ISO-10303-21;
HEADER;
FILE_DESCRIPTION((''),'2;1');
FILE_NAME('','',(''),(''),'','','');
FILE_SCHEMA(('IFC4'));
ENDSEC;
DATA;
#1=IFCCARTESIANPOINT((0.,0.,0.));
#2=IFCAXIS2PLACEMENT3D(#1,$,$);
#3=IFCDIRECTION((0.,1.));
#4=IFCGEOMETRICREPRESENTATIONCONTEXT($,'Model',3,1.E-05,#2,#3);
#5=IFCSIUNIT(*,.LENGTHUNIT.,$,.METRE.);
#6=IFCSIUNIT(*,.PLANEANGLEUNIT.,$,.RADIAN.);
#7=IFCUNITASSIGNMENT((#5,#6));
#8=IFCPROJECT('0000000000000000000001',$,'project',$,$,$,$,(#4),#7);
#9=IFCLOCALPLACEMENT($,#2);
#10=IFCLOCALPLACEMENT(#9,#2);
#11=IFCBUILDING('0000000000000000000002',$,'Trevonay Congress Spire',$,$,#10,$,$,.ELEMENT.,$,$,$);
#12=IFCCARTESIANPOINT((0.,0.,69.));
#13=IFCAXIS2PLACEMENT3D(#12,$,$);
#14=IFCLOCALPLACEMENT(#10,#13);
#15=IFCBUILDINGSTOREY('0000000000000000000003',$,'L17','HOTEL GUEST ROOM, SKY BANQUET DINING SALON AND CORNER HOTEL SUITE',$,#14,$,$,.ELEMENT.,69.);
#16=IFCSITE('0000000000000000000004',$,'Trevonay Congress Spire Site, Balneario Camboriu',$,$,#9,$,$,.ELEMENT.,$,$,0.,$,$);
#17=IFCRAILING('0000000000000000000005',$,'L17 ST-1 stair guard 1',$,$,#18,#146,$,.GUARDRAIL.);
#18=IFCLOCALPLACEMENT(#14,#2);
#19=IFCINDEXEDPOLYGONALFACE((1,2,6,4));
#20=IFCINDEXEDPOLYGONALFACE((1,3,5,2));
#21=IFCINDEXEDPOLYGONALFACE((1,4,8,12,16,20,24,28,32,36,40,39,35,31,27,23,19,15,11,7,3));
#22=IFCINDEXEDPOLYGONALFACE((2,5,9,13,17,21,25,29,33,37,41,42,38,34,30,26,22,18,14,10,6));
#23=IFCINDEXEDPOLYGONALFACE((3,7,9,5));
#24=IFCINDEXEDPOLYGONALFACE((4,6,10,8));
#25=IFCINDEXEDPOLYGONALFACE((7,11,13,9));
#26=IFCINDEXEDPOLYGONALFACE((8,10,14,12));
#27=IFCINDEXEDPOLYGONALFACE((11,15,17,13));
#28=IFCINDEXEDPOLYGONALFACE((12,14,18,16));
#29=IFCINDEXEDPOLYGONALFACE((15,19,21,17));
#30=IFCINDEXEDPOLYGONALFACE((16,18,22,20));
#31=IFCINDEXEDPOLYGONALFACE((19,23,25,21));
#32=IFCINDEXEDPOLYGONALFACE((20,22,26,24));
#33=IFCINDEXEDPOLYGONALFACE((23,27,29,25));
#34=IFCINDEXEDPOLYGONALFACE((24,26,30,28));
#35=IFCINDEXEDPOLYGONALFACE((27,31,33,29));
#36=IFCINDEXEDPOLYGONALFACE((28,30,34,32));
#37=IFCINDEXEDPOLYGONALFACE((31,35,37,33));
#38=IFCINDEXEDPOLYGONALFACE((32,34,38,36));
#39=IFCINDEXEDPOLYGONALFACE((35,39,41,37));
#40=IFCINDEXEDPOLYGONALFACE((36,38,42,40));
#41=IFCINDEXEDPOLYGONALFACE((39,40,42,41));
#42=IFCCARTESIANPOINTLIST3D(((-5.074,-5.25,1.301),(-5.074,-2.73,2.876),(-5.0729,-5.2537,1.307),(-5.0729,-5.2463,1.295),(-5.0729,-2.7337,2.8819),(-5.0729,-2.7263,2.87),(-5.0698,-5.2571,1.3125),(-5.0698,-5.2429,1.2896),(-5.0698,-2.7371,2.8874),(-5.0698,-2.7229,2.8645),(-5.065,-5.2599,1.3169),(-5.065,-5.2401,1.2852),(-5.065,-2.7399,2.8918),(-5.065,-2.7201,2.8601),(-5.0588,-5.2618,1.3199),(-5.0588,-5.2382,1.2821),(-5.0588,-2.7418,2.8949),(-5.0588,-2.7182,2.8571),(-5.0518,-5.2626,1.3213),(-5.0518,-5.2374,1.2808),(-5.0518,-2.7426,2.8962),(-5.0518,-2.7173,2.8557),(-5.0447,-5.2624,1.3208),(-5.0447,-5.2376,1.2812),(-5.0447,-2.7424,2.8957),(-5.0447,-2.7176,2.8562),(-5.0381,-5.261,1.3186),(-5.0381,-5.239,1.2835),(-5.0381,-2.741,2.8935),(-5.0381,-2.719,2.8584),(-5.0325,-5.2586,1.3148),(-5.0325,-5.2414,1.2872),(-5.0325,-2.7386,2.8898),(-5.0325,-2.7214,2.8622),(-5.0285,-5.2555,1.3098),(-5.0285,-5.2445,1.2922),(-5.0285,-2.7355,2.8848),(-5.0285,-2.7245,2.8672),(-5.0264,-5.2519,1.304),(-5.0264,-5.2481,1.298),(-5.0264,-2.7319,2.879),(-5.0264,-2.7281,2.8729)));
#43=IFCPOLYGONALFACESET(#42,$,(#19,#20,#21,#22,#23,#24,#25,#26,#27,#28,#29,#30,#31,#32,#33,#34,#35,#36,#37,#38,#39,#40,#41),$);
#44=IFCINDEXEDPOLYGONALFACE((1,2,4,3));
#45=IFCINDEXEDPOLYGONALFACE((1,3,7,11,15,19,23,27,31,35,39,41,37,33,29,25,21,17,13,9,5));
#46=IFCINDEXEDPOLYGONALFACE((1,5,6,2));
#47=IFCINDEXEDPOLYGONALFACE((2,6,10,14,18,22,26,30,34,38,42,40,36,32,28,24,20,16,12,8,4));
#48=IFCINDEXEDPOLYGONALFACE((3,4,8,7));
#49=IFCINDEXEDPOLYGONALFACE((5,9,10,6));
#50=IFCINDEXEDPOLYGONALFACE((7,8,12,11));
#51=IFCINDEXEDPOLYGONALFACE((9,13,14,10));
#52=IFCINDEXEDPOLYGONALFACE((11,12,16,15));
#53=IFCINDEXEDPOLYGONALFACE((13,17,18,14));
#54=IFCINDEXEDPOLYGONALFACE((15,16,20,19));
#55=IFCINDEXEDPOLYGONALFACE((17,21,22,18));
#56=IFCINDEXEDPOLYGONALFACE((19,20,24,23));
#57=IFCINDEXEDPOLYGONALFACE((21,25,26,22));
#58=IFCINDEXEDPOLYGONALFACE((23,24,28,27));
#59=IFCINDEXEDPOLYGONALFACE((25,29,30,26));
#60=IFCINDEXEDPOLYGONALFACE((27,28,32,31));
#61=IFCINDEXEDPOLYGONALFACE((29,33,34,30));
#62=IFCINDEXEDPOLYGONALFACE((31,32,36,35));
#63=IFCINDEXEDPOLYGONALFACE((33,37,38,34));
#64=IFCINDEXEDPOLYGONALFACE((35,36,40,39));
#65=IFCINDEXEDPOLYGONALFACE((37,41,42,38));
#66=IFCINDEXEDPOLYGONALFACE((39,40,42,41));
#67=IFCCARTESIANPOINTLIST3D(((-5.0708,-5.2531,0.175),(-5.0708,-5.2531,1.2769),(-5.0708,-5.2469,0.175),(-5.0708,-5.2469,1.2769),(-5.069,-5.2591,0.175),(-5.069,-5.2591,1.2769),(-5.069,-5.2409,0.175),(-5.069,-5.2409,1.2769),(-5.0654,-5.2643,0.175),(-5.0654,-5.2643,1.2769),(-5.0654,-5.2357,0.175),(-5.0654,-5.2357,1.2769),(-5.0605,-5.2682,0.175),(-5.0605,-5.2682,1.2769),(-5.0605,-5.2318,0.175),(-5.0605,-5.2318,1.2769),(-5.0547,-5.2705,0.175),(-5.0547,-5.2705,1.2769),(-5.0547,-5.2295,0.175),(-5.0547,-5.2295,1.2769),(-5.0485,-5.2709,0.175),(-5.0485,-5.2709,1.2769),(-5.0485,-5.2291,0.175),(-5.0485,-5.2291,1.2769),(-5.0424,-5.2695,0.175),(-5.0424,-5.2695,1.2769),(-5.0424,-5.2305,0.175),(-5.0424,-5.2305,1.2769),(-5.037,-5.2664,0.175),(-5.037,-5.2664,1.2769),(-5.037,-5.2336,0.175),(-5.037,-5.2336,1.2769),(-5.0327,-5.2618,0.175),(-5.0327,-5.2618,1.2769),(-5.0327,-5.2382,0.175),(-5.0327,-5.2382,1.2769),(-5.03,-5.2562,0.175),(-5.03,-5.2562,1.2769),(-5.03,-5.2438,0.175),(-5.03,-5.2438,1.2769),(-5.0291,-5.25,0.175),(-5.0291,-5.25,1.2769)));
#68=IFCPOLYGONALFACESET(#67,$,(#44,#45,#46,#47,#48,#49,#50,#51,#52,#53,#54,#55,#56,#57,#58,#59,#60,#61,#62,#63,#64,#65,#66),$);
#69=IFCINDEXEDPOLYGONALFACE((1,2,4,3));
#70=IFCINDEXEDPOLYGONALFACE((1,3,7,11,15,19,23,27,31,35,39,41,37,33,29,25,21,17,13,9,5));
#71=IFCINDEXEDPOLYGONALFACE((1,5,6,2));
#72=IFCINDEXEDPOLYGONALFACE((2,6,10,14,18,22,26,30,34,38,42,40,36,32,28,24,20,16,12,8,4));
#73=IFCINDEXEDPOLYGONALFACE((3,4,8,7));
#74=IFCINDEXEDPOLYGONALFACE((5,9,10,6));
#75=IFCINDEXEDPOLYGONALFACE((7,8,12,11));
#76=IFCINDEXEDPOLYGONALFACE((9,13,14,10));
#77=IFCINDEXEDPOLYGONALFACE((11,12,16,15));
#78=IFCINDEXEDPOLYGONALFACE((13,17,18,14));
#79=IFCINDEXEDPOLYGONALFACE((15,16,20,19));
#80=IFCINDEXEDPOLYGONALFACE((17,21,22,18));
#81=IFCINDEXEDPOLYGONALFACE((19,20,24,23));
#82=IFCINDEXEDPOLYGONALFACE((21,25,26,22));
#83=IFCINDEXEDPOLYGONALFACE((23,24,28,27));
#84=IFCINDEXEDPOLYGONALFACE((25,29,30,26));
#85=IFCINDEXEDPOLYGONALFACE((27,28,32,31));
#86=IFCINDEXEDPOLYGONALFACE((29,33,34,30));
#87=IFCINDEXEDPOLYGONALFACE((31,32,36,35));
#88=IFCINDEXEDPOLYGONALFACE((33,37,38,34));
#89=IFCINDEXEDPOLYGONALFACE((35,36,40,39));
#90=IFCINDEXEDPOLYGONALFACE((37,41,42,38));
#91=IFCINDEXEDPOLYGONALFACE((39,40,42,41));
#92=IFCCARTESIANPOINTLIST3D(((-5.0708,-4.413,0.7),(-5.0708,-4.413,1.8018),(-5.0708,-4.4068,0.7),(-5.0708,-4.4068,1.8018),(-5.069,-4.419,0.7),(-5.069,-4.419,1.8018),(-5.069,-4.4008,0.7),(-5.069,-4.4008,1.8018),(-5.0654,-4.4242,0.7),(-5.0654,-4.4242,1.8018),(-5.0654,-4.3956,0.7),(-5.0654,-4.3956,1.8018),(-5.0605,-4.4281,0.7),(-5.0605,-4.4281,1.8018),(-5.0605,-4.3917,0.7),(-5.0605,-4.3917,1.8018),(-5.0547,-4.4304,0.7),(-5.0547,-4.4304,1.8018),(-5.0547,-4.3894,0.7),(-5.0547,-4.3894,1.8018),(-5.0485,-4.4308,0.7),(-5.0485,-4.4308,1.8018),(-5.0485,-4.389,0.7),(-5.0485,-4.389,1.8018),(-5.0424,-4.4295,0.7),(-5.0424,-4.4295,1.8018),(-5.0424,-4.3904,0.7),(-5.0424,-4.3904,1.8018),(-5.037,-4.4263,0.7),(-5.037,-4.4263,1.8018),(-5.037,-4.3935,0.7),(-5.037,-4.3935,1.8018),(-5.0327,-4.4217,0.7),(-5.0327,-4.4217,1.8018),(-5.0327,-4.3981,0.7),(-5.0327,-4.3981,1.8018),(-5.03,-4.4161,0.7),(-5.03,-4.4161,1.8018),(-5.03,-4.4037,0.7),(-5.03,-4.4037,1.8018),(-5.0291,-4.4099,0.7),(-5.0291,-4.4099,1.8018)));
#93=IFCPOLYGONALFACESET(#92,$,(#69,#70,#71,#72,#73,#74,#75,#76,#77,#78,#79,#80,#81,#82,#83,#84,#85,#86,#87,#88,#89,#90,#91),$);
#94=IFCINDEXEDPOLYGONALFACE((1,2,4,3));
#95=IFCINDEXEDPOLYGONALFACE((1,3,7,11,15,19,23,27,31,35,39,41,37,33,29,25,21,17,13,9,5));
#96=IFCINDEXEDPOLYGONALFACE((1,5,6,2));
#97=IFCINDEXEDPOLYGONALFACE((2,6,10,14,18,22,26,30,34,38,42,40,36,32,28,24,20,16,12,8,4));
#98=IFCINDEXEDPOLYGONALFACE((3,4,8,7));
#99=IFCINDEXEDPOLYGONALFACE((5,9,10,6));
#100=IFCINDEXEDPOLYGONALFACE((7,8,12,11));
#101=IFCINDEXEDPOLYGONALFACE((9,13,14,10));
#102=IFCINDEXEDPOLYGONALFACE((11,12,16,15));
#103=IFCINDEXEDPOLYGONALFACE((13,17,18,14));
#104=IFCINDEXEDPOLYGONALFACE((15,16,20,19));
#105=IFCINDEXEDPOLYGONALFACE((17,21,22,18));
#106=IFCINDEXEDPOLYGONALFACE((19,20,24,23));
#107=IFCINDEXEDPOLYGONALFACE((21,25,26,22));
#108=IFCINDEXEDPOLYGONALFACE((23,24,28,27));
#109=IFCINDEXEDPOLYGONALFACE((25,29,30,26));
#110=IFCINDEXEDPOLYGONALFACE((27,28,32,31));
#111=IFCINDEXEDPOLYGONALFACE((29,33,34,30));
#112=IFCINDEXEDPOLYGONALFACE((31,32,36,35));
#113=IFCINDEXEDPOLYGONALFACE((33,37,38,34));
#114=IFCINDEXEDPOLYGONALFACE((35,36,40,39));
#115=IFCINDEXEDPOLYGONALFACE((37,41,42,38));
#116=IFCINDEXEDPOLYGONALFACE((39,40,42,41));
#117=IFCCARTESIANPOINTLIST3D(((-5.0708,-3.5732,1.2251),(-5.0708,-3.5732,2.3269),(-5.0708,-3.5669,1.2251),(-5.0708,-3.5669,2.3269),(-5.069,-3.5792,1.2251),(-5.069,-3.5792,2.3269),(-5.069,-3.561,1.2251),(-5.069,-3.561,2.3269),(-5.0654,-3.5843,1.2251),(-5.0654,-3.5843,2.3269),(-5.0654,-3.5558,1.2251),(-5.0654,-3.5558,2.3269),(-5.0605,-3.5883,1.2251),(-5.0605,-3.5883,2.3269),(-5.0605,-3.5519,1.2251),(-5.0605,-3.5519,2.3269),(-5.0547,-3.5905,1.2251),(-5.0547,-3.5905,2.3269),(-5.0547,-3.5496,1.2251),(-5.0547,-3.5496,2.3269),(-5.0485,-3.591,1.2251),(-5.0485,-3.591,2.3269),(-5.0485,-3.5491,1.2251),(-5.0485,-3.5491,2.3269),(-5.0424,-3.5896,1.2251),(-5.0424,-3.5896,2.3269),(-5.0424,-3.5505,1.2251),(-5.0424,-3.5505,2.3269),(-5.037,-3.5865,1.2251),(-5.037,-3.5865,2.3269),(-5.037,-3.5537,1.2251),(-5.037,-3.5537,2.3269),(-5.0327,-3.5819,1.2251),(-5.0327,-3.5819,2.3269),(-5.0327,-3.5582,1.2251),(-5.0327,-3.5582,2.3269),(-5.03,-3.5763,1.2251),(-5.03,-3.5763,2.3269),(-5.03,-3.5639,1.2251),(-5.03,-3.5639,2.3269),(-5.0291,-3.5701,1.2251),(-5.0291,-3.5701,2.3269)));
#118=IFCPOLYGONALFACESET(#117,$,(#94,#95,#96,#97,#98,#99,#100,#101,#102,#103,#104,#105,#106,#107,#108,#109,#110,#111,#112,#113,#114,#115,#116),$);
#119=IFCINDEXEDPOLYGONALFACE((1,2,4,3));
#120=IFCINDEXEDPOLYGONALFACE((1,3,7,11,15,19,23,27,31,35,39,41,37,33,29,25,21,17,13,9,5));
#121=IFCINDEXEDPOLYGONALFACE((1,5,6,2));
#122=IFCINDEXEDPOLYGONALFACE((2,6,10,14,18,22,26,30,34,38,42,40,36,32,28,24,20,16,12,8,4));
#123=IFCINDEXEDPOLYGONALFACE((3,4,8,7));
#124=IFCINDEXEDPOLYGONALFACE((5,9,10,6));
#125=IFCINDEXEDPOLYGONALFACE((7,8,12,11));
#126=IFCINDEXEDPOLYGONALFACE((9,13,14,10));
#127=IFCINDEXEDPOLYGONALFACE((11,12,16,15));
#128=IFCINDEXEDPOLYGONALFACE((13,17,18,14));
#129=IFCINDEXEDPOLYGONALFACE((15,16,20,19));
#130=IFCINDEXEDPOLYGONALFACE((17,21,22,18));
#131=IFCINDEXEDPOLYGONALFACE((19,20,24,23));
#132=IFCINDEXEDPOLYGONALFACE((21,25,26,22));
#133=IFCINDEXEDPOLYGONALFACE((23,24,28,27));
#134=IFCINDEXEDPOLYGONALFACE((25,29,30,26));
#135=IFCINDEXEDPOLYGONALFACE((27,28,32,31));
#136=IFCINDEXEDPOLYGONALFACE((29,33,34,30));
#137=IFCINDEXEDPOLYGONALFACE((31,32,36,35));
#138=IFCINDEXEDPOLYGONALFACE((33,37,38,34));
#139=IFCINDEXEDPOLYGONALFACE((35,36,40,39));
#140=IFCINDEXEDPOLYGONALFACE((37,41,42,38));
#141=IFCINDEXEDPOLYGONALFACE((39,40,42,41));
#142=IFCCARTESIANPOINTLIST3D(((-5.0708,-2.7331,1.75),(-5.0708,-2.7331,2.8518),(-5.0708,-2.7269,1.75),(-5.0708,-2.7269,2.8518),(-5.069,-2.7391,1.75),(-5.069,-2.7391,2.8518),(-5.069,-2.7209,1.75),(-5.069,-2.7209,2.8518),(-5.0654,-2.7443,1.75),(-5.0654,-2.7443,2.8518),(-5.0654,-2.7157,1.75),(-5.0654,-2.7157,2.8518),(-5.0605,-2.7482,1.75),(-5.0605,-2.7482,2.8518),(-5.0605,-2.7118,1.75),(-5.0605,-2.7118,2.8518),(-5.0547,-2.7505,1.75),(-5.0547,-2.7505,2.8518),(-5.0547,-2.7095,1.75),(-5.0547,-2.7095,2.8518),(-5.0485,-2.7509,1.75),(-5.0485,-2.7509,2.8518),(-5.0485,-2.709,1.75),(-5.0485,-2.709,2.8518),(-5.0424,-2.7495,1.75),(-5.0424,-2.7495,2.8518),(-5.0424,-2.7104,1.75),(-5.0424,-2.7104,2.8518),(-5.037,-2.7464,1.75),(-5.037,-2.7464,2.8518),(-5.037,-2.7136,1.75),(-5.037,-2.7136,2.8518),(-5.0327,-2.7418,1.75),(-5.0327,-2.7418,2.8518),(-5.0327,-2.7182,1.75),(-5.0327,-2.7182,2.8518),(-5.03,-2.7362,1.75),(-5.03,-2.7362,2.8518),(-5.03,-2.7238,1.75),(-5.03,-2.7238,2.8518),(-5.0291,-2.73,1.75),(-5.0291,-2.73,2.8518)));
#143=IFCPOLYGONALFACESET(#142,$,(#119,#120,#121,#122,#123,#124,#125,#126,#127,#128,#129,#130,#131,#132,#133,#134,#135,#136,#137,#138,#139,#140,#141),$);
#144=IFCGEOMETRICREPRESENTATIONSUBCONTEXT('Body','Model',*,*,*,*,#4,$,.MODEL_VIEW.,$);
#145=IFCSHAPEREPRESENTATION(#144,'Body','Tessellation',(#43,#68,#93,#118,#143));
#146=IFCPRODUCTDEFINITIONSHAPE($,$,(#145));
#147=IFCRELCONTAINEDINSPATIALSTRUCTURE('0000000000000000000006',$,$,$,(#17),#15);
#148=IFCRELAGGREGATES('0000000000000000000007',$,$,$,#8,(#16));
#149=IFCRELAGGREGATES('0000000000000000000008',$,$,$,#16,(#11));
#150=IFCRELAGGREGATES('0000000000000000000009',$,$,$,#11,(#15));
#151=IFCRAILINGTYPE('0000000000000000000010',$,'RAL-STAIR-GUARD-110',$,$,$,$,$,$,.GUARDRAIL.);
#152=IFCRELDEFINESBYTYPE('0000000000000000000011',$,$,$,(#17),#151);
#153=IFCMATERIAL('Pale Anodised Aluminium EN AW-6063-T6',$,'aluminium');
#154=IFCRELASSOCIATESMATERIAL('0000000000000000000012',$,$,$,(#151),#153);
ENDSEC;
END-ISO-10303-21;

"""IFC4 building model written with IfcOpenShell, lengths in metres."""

from ifc_helpers import new_model, si_unit, direction, frame, origin, origin_2d, place, context, subcontext, project, spatial, circle, extrude, material, type_object, element, save


model = new_model("IFC4")

# Units and contexts
model_context = context("Model", 3, precision=1e-05, world=origin(), true_north=direction((0.0, 1.0)))
body_context = subcontext(model_context, "Body", "Model", "MODEL_VIEW")
ifc_project = project(units=[si_unit("LENGTHUNIT", "METRE"), si_unit("PLANEANGLEUNIT", "RADIAN")], contexts=[model_context])

# Site, building, storey
site_placement = place(None, origin())
site = spatial("IfcSite", under=ifc_project, at=site_placement, Name="Trevonay Congress Spire Site, Balneario Camboriu", CompositionType="ELEMENT", RefElevation=0.0)
building_placement = place(site_placement, origin())
building = spatial("IfcBuilding", under=site, at=building_placement, Name="Trevonay Congress Spire", CompositionType="ELEMENT")
storey_placement = place(building_placement, frame((0.0, 0.0, 69.0)))
storey = spatial("IfcBuildingStorey", under=building, at=storey_placement, Name="L17", Description="HOTEL GUEST ROOM, SKY BANQUET DINING SALON AND CORNER HOTEL SUITE", CompositionType="ELEMENT", Elevation=69.0)

# Shared definitions
ifc_material_1 = material(Name="Pale Anodised Aluminium EN AW-6063-T6", Category="aluminium")

# Railing
railing_type_1 = type_object("IfcRailingType", Name="RAL-STAIR-GUARD-110", PredefinedType="GUARDRAIL", material=ifc_material_1)
railing_1_placement = place(storey_placement, frame((-5.05, -5.25, 0.175)))
element("IfcRailing", 1, at=railing_1_placement, inside=storey, type_object=railing_type_1, Name="L17 ST-1 stair guard 1", PredefinedType="GUARDRAIL", context=body_context, shape_type="SweptSolid", body=[
    extrude(circle(Radius=0.0239, at=origin_2d()), frame((0.0, 0.0, 1.126), z_axis=(0.0, 0.848008, 0.529984), x_axis=(-1.0, 0.0, 0.0)), (0.0, 0.0, 1.0), 2.9717),
    extrude(circle(Radius=0.021, at=origin_2d()), origin(), (0.0, 0.0, 1.0), 1.1018),
    extrude(circle(Radius=0.021, at=origin_2d()), frame((0.0, 0.8401, 0.5249)), (0.0, 0.0, 1.0), 1.1018),
    extrude(circle(Radius=0.021, at=origin_2d()), frame((0.0, 1.6799, 1.05)), (0.0, 0.0, 1.0), 1.1018),
    extrude(circle(Radius=0.021, at=origin_2d()), frame((0.0, 2.52, 1.575)), (0.0, 0.0, 1.0), 1.1018),
])

save(model, "model.ifc")
